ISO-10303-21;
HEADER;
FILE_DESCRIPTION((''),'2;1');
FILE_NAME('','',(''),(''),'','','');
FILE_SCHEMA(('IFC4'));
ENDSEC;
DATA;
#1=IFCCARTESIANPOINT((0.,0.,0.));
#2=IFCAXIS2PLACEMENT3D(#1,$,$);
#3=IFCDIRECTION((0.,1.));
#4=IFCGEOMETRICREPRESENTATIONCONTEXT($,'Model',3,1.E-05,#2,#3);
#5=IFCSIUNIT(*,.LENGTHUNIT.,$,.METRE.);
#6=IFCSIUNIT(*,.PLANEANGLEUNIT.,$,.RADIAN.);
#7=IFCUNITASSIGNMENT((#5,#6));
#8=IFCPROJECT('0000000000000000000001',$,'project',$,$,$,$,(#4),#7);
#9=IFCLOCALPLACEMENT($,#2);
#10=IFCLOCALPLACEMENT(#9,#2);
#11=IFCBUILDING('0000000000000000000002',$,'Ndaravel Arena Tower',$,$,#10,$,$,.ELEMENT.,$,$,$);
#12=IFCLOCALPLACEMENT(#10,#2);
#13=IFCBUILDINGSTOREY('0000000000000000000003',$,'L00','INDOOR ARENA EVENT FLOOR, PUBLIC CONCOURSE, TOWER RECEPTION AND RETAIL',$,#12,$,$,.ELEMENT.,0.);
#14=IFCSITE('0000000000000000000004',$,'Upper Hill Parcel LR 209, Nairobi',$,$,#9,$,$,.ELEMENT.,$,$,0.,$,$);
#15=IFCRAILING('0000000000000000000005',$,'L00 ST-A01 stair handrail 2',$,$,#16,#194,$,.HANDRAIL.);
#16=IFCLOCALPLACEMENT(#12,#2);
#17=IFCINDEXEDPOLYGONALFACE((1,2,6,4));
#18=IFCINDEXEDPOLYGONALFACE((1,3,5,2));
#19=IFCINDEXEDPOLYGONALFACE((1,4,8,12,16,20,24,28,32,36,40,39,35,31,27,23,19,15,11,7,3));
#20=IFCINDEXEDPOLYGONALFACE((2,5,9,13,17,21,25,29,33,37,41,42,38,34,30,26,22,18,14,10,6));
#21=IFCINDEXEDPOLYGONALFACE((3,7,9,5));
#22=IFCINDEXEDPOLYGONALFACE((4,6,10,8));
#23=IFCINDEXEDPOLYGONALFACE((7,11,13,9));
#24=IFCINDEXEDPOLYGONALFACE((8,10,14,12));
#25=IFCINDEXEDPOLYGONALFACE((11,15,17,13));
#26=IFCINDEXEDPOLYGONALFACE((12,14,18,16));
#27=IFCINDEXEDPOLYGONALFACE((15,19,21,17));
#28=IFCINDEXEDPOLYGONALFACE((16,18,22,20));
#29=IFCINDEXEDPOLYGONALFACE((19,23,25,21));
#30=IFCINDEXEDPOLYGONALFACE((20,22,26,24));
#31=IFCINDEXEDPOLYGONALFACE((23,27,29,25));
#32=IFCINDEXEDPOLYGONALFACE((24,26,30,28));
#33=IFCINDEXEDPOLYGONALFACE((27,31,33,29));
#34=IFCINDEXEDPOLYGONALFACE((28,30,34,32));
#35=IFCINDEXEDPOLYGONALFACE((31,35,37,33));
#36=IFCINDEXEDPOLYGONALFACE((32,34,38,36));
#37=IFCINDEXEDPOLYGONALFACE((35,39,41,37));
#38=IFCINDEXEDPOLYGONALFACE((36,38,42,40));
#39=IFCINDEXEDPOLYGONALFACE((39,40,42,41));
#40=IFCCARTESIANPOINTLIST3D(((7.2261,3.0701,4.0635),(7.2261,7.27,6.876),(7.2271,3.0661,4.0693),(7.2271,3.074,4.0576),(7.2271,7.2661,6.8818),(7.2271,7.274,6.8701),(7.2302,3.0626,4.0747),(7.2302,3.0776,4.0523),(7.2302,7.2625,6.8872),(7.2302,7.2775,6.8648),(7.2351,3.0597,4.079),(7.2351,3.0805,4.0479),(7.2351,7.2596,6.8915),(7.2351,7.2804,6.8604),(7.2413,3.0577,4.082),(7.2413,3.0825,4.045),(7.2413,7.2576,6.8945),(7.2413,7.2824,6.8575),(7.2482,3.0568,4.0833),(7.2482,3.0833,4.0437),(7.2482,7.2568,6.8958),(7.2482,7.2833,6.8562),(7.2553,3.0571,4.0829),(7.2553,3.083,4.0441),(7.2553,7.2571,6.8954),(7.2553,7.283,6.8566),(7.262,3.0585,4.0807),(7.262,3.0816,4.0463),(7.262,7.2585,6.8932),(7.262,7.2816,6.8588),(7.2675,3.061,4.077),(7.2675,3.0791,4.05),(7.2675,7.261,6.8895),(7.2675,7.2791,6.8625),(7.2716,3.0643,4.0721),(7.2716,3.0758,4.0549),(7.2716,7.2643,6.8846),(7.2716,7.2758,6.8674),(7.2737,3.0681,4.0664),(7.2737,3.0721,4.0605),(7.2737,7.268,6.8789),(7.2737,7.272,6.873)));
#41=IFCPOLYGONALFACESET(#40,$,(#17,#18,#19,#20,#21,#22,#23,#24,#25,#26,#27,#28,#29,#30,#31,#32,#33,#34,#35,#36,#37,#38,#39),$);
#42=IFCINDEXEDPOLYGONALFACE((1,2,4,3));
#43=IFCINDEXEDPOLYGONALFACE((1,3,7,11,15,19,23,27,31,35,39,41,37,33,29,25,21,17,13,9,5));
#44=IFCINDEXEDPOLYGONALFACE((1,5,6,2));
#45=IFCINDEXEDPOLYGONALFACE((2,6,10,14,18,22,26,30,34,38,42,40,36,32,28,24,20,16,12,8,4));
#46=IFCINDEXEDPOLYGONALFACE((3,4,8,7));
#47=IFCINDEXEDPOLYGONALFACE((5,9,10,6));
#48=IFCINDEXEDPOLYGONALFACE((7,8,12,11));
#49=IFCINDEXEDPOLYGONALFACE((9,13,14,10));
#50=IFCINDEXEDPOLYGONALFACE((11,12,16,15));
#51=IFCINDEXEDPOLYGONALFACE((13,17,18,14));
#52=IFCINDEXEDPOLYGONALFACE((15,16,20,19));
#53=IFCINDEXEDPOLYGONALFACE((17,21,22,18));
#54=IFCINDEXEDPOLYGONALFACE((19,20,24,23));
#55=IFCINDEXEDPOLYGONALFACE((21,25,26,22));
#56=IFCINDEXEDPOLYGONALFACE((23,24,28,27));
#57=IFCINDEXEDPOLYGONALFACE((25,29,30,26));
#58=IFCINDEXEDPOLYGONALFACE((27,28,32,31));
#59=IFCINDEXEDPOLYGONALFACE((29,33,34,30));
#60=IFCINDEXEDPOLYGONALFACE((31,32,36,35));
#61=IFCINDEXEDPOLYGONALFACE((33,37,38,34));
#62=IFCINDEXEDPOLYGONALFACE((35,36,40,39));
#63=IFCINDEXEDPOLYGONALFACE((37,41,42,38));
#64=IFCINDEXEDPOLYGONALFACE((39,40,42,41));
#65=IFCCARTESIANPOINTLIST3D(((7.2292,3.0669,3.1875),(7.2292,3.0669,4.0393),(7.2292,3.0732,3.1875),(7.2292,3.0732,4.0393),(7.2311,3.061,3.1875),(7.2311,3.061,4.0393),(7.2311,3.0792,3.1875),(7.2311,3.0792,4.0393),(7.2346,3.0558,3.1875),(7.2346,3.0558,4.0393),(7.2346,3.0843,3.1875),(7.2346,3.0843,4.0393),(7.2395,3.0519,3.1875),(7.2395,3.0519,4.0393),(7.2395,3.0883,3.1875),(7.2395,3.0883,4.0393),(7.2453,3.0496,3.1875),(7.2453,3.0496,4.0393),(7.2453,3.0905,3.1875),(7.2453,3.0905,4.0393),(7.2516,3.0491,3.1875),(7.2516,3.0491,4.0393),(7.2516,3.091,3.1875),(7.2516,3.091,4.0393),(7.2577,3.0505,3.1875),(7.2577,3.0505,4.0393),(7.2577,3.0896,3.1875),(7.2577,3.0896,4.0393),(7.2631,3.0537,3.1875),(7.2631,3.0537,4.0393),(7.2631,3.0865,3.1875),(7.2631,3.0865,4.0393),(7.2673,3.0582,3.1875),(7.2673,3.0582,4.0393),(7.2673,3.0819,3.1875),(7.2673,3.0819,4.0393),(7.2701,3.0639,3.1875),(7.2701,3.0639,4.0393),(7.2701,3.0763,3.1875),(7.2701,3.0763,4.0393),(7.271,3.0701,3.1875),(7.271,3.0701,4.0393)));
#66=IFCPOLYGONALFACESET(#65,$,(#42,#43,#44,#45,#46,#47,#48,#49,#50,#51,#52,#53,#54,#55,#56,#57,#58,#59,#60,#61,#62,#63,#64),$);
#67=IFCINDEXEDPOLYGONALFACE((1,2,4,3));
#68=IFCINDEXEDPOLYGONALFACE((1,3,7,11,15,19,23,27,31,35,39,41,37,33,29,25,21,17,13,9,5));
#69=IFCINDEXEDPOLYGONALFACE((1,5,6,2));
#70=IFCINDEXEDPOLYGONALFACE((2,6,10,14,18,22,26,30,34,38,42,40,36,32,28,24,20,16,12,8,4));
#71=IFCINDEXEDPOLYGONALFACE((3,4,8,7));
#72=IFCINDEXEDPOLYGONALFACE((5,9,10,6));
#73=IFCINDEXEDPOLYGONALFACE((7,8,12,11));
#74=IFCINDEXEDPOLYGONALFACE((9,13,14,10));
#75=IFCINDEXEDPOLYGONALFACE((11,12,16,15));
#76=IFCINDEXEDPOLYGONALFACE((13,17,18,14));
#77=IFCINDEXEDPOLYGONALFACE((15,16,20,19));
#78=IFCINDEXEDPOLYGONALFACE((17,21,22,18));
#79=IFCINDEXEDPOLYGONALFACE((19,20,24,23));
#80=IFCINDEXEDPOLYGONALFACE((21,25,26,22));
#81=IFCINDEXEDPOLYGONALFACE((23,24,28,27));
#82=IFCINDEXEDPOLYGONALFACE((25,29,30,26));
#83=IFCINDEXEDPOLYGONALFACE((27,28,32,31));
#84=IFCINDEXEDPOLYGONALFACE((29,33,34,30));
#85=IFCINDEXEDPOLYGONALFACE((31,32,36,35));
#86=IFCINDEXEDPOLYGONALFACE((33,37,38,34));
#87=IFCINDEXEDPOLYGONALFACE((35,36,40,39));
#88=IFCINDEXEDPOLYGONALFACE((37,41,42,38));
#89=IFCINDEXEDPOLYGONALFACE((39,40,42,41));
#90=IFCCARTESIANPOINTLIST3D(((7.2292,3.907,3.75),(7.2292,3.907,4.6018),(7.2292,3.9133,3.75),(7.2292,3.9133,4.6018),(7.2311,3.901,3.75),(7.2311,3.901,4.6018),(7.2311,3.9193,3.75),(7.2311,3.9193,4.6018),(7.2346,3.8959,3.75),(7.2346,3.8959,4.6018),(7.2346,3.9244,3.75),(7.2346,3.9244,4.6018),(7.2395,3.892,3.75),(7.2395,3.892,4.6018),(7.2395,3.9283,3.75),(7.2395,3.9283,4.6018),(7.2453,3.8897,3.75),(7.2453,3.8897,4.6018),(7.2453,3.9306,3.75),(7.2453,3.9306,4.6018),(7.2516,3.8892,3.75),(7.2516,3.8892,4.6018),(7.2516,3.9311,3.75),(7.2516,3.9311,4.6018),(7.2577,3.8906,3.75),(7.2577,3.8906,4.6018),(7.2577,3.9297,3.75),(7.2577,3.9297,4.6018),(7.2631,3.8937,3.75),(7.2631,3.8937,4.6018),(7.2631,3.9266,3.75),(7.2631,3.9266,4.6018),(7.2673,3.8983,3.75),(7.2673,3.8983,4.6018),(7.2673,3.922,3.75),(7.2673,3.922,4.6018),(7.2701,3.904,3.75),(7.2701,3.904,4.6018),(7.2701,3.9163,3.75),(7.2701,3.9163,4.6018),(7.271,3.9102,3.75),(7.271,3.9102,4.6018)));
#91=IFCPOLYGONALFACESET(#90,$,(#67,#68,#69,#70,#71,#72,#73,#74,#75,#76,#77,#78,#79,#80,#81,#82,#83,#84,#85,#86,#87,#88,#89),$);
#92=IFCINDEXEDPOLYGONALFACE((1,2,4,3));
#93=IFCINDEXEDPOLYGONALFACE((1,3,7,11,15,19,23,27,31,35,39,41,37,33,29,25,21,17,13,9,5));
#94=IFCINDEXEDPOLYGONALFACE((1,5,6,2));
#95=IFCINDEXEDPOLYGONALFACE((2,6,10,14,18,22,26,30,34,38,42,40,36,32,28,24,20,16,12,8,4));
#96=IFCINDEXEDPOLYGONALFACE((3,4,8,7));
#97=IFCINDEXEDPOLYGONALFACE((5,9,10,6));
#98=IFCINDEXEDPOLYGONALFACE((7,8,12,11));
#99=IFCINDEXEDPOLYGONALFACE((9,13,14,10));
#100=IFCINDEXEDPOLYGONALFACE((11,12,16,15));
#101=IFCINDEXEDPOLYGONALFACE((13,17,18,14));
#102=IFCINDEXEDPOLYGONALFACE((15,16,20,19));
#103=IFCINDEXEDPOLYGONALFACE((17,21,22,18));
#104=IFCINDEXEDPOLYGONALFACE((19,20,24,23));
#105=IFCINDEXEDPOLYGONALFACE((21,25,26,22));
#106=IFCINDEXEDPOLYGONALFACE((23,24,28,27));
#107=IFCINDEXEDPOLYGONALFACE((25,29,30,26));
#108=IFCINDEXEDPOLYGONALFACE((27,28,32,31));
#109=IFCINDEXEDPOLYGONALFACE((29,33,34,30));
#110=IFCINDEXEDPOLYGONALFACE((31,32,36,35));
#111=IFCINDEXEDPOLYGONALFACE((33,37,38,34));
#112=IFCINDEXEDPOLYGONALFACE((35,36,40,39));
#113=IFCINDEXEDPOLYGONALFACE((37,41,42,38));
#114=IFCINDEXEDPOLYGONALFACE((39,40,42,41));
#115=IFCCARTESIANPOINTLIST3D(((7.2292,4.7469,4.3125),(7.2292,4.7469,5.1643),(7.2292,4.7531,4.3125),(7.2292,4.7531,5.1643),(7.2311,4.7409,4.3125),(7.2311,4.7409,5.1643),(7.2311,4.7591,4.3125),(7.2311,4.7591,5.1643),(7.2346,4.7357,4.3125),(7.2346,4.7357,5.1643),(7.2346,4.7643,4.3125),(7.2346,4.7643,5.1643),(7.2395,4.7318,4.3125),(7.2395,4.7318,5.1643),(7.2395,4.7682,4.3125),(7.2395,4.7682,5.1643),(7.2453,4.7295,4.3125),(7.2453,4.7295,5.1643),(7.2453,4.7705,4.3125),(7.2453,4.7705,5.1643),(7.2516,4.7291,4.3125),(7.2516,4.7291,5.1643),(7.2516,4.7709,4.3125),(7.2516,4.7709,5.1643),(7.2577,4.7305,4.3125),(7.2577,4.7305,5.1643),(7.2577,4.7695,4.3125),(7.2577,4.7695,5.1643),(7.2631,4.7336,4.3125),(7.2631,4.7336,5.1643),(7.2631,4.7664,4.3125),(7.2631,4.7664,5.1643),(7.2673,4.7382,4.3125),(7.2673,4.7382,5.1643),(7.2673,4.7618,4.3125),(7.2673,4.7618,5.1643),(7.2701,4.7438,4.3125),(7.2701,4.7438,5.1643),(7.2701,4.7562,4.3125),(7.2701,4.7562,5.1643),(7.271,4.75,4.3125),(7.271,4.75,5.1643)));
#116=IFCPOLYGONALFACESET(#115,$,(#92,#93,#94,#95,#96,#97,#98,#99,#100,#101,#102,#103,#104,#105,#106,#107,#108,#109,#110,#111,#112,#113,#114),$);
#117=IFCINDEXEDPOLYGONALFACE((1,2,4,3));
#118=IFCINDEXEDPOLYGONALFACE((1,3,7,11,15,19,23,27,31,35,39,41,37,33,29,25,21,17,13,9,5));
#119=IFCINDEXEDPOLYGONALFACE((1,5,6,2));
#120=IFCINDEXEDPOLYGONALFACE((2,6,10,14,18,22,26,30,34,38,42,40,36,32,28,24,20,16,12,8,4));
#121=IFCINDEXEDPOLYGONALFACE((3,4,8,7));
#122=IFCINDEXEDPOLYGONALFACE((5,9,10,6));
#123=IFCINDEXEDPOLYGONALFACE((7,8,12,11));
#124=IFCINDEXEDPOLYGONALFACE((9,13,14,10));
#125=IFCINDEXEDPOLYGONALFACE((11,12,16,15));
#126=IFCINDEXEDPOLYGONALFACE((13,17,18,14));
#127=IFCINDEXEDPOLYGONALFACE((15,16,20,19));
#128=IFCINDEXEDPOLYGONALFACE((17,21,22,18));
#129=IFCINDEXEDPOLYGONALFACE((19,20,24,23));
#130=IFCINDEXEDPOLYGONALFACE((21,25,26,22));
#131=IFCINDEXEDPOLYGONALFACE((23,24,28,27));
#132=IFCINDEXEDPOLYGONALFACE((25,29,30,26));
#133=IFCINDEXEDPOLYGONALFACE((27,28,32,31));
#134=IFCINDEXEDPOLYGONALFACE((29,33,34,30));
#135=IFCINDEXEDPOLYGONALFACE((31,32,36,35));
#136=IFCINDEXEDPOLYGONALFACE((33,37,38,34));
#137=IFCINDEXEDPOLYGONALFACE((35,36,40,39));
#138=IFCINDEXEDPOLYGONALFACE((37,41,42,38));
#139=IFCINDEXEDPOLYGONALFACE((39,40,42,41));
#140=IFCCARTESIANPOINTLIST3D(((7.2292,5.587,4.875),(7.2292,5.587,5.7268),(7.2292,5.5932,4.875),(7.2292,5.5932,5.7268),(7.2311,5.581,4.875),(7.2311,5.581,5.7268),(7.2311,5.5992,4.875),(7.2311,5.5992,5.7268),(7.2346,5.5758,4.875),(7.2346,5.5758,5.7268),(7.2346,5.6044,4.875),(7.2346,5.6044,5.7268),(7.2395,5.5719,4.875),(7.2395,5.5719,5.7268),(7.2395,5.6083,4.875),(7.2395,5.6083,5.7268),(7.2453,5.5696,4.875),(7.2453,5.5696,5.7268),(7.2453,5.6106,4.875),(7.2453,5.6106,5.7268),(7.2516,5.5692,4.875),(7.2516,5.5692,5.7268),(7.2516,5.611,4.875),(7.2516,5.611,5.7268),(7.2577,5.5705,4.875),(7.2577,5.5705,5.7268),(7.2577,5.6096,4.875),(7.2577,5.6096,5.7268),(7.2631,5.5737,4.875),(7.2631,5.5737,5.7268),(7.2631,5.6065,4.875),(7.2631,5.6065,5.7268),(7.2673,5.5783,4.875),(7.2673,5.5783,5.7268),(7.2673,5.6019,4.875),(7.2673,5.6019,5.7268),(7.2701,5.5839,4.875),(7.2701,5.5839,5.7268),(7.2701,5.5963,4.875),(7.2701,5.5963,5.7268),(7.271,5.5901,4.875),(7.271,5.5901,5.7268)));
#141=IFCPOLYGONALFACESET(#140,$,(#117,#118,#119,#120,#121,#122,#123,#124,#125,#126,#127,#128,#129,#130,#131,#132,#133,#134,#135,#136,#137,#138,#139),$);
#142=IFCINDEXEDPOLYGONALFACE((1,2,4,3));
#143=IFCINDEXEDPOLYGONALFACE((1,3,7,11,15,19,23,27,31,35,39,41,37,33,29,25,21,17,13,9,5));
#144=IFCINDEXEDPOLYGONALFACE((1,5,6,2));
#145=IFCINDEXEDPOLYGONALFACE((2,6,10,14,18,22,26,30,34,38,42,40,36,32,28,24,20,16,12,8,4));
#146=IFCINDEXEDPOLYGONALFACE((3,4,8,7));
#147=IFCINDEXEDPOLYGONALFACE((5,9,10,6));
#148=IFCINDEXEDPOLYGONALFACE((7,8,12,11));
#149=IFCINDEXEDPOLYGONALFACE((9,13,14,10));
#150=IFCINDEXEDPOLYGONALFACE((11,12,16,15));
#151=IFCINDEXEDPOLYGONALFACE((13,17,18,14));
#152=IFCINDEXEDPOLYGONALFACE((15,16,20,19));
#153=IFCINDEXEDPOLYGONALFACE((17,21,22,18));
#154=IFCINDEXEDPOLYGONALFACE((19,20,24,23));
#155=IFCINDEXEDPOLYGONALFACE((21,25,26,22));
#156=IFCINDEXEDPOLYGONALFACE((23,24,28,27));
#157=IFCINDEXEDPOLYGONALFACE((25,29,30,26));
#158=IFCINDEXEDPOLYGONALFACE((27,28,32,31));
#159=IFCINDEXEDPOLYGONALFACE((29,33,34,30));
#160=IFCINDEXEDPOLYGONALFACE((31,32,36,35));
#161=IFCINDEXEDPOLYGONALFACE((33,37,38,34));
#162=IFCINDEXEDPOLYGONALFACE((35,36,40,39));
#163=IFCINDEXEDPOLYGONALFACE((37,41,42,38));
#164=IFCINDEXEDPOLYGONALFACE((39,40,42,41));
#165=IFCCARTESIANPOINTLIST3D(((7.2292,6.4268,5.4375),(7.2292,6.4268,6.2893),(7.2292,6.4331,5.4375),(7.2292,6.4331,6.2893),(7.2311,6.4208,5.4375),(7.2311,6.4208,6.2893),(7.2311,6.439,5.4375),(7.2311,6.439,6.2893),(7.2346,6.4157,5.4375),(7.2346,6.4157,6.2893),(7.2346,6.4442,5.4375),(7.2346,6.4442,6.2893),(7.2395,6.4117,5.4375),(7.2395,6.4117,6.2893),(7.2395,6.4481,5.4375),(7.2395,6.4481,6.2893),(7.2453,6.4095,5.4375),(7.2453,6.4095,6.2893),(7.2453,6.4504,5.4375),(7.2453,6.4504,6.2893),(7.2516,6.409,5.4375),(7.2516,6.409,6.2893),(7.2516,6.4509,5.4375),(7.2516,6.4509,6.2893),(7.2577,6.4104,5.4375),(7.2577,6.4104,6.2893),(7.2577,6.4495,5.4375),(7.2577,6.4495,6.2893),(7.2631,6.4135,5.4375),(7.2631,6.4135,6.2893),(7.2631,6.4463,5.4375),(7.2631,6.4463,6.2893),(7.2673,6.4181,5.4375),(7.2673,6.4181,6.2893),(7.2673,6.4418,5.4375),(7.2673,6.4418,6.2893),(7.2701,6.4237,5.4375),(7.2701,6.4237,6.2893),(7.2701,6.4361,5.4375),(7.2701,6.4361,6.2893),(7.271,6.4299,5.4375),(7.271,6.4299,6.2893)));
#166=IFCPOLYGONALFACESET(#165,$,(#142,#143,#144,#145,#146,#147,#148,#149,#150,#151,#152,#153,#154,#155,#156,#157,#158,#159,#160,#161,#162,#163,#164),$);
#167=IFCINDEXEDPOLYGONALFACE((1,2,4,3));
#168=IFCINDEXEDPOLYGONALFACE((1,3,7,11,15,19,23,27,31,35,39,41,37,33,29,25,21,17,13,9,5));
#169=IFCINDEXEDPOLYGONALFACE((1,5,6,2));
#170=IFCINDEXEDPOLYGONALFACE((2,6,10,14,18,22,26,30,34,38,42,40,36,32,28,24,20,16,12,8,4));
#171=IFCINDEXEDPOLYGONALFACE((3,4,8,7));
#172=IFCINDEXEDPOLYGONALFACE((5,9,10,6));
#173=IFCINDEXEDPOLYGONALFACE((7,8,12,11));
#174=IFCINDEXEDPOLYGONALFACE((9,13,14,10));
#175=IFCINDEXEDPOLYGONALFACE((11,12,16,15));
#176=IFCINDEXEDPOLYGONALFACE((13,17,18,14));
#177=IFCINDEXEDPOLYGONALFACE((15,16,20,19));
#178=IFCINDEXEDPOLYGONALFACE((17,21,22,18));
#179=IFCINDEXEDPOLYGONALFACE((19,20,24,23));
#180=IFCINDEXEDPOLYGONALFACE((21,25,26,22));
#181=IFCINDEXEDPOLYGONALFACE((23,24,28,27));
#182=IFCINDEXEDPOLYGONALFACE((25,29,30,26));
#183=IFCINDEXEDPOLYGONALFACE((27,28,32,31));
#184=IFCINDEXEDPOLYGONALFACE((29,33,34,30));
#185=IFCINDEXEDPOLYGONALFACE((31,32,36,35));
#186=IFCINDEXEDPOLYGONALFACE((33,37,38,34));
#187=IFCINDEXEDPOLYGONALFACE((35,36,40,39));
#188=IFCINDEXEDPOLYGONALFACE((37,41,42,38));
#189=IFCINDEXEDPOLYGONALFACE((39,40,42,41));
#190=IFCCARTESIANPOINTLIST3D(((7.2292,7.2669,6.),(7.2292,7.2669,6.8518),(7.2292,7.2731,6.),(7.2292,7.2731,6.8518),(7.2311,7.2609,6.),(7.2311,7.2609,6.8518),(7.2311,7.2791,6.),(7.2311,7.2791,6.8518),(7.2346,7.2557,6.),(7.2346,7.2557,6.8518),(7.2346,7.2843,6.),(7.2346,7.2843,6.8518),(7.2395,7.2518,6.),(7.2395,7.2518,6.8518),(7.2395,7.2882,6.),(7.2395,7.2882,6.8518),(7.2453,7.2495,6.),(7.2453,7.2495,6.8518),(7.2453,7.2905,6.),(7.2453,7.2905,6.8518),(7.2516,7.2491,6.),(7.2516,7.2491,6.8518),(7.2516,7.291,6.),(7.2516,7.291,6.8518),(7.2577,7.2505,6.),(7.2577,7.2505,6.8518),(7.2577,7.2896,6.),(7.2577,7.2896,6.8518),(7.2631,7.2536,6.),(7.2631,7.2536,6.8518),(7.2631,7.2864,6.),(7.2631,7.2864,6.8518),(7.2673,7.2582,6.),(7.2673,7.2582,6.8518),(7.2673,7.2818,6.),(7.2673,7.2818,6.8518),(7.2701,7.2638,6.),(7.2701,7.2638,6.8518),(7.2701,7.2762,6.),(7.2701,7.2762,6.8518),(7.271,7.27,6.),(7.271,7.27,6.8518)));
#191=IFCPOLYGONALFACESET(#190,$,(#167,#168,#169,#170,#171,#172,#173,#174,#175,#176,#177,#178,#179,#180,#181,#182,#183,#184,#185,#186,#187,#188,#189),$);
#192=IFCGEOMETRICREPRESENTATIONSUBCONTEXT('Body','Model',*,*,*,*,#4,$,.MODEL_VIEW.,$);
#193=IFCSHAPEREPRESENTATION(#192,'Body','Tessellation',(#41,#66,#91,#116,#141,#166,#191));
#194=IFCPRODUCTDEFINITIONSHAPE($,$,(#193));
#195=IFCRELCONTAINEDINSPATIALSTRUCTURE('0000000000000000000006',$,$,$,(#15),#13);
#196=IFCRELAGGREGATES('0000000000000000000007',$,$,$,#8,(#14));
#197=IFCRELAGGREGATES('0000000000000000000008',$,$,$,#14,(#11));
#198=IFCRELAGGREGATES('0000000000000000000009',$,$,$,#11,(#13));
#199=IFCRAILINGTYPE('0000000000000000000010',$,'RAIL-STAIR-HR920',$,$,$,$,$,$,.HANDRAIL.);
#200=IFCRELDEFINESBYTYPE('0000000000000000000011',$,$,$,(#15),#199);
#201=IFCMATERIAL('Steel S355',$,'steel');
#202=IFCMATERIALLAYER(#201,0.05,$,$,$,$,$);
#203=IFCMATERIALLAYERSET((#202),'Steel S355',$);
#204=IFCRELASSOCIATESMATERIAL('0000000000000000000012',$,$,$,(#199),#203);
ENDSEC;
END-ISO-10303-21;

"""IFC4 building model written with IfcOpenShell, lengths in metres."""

from ifc_helpers import new_model, si_unit, direction, frame, origin, origin_2d, place, context, subcontext, project, spatial, circle, extrude, material, layer, layer_set, type_object, element, save


model = new_model("IFC4")

# Units and contexts
model_context = context("Model", 3, precision=1e-05, world=origin(), true_north=direction((0.0, 1.0)))
body_context = subcontext(model_context, "Body", "Model", "MODEL_VIEW")
ifc_project = project(units=[si_unit("LENGTHUNIT", "METRE"), si_unit("PLANEANGLEUNIT", "RADIAN")], contexts=[model_context])

# Site, building, storey
site_placement = place(None, origin())
site = spatial("IfcSite", under=ifc_project, at=site_placement, Name="Upper Hill Parcel LR 209, Nairobi", CompositionType="ELEMENT", RefElevation=0.0)
building_placement = place(site_placement, origin())
building = spatial("IfcBuilding", under=site, at=building_placement, Name="Ndaravel Arena Tower", CompositionType="ELEMENT")
storey_placement = place(building_placement, origin())
storey = spatial("IfcBuildingStorey", under=building, at=storey_placement, Name="L00", Description="INDOOR ARENA EVENT FLOOR, PUBLIC CONCOURSE, TOWER RECEPTION AND RETAIL", CompositionType="ELEMENT", Elevation=0.0)

# Railing
ifc_material_1 = material(Name="Steel S355", Category="steel")
ifc_layer_1 = layer(ifc_material_1, 0.05)
ifc_layer_set_1 = layer_set([ifc_layer_1], Name="Steel S355")
railing_type_1 = type_object("IfcRailingType", Name="RAIL-STAIR-HR920", PredefinedType="HANDRAIL", material=ifc_layer_set_1)
railing_1_placement = place(storey_placement, frame((7.25, 3.0701, 3.1875)))
element("IfcRailing", 1, at=railing_1_placement, inside=storey, type_object=railing_type_1, Name="L00 ST-A01 stair handrail 2", PredefinedType="HANDRAIL", context=body_context, shape_type="SweptSolid", body=[
    extrude(circle(Radius=0.0239, at=origin_2d()), frame((0.0, 0.0, 0.876), z_axis=(0.0, 0.830904, 0.556416), x_axis=(-1.0, 0.0, 0.0)), (0.0, 0.0, 1.0), 5.0547),
    extrude(circle(Radius=0.021, at=origin_2d()), origin(), (0.0, 0.0, 1.0), 0.8518),
    extrude(circle(Radius=0.021, at=origin_2d()), frame((0.0, 0.8401, 0.5625)), (0.0, 0.0, 1.0), 0.8518),
    extrude(circle(Radius=0.021, at=origin_2d()), frame((0.0, 1.6799, 1.125)), (0.0, 0.0, 1.0), 0.8518),
    extrude(circle(Radius=0.021, at=origin_2d()), frame((0.0, 2.52, 1.6875)), (0.0, 0.0, 1.0), 0.8518),
    extrude(circle(Radius=0.021, at=origin_2d()), frame((0.0, 3.3599, 2.25)), (0.0, 0.0, 1.0), 0.8518),
    extrude(circle(Radius=0.021, at=origin_2d()), frame((0.0, 4.2, 2.8125)), (0.0, 0.0, 1.0), 0.8518),
])

save(model, "model.ifc")
